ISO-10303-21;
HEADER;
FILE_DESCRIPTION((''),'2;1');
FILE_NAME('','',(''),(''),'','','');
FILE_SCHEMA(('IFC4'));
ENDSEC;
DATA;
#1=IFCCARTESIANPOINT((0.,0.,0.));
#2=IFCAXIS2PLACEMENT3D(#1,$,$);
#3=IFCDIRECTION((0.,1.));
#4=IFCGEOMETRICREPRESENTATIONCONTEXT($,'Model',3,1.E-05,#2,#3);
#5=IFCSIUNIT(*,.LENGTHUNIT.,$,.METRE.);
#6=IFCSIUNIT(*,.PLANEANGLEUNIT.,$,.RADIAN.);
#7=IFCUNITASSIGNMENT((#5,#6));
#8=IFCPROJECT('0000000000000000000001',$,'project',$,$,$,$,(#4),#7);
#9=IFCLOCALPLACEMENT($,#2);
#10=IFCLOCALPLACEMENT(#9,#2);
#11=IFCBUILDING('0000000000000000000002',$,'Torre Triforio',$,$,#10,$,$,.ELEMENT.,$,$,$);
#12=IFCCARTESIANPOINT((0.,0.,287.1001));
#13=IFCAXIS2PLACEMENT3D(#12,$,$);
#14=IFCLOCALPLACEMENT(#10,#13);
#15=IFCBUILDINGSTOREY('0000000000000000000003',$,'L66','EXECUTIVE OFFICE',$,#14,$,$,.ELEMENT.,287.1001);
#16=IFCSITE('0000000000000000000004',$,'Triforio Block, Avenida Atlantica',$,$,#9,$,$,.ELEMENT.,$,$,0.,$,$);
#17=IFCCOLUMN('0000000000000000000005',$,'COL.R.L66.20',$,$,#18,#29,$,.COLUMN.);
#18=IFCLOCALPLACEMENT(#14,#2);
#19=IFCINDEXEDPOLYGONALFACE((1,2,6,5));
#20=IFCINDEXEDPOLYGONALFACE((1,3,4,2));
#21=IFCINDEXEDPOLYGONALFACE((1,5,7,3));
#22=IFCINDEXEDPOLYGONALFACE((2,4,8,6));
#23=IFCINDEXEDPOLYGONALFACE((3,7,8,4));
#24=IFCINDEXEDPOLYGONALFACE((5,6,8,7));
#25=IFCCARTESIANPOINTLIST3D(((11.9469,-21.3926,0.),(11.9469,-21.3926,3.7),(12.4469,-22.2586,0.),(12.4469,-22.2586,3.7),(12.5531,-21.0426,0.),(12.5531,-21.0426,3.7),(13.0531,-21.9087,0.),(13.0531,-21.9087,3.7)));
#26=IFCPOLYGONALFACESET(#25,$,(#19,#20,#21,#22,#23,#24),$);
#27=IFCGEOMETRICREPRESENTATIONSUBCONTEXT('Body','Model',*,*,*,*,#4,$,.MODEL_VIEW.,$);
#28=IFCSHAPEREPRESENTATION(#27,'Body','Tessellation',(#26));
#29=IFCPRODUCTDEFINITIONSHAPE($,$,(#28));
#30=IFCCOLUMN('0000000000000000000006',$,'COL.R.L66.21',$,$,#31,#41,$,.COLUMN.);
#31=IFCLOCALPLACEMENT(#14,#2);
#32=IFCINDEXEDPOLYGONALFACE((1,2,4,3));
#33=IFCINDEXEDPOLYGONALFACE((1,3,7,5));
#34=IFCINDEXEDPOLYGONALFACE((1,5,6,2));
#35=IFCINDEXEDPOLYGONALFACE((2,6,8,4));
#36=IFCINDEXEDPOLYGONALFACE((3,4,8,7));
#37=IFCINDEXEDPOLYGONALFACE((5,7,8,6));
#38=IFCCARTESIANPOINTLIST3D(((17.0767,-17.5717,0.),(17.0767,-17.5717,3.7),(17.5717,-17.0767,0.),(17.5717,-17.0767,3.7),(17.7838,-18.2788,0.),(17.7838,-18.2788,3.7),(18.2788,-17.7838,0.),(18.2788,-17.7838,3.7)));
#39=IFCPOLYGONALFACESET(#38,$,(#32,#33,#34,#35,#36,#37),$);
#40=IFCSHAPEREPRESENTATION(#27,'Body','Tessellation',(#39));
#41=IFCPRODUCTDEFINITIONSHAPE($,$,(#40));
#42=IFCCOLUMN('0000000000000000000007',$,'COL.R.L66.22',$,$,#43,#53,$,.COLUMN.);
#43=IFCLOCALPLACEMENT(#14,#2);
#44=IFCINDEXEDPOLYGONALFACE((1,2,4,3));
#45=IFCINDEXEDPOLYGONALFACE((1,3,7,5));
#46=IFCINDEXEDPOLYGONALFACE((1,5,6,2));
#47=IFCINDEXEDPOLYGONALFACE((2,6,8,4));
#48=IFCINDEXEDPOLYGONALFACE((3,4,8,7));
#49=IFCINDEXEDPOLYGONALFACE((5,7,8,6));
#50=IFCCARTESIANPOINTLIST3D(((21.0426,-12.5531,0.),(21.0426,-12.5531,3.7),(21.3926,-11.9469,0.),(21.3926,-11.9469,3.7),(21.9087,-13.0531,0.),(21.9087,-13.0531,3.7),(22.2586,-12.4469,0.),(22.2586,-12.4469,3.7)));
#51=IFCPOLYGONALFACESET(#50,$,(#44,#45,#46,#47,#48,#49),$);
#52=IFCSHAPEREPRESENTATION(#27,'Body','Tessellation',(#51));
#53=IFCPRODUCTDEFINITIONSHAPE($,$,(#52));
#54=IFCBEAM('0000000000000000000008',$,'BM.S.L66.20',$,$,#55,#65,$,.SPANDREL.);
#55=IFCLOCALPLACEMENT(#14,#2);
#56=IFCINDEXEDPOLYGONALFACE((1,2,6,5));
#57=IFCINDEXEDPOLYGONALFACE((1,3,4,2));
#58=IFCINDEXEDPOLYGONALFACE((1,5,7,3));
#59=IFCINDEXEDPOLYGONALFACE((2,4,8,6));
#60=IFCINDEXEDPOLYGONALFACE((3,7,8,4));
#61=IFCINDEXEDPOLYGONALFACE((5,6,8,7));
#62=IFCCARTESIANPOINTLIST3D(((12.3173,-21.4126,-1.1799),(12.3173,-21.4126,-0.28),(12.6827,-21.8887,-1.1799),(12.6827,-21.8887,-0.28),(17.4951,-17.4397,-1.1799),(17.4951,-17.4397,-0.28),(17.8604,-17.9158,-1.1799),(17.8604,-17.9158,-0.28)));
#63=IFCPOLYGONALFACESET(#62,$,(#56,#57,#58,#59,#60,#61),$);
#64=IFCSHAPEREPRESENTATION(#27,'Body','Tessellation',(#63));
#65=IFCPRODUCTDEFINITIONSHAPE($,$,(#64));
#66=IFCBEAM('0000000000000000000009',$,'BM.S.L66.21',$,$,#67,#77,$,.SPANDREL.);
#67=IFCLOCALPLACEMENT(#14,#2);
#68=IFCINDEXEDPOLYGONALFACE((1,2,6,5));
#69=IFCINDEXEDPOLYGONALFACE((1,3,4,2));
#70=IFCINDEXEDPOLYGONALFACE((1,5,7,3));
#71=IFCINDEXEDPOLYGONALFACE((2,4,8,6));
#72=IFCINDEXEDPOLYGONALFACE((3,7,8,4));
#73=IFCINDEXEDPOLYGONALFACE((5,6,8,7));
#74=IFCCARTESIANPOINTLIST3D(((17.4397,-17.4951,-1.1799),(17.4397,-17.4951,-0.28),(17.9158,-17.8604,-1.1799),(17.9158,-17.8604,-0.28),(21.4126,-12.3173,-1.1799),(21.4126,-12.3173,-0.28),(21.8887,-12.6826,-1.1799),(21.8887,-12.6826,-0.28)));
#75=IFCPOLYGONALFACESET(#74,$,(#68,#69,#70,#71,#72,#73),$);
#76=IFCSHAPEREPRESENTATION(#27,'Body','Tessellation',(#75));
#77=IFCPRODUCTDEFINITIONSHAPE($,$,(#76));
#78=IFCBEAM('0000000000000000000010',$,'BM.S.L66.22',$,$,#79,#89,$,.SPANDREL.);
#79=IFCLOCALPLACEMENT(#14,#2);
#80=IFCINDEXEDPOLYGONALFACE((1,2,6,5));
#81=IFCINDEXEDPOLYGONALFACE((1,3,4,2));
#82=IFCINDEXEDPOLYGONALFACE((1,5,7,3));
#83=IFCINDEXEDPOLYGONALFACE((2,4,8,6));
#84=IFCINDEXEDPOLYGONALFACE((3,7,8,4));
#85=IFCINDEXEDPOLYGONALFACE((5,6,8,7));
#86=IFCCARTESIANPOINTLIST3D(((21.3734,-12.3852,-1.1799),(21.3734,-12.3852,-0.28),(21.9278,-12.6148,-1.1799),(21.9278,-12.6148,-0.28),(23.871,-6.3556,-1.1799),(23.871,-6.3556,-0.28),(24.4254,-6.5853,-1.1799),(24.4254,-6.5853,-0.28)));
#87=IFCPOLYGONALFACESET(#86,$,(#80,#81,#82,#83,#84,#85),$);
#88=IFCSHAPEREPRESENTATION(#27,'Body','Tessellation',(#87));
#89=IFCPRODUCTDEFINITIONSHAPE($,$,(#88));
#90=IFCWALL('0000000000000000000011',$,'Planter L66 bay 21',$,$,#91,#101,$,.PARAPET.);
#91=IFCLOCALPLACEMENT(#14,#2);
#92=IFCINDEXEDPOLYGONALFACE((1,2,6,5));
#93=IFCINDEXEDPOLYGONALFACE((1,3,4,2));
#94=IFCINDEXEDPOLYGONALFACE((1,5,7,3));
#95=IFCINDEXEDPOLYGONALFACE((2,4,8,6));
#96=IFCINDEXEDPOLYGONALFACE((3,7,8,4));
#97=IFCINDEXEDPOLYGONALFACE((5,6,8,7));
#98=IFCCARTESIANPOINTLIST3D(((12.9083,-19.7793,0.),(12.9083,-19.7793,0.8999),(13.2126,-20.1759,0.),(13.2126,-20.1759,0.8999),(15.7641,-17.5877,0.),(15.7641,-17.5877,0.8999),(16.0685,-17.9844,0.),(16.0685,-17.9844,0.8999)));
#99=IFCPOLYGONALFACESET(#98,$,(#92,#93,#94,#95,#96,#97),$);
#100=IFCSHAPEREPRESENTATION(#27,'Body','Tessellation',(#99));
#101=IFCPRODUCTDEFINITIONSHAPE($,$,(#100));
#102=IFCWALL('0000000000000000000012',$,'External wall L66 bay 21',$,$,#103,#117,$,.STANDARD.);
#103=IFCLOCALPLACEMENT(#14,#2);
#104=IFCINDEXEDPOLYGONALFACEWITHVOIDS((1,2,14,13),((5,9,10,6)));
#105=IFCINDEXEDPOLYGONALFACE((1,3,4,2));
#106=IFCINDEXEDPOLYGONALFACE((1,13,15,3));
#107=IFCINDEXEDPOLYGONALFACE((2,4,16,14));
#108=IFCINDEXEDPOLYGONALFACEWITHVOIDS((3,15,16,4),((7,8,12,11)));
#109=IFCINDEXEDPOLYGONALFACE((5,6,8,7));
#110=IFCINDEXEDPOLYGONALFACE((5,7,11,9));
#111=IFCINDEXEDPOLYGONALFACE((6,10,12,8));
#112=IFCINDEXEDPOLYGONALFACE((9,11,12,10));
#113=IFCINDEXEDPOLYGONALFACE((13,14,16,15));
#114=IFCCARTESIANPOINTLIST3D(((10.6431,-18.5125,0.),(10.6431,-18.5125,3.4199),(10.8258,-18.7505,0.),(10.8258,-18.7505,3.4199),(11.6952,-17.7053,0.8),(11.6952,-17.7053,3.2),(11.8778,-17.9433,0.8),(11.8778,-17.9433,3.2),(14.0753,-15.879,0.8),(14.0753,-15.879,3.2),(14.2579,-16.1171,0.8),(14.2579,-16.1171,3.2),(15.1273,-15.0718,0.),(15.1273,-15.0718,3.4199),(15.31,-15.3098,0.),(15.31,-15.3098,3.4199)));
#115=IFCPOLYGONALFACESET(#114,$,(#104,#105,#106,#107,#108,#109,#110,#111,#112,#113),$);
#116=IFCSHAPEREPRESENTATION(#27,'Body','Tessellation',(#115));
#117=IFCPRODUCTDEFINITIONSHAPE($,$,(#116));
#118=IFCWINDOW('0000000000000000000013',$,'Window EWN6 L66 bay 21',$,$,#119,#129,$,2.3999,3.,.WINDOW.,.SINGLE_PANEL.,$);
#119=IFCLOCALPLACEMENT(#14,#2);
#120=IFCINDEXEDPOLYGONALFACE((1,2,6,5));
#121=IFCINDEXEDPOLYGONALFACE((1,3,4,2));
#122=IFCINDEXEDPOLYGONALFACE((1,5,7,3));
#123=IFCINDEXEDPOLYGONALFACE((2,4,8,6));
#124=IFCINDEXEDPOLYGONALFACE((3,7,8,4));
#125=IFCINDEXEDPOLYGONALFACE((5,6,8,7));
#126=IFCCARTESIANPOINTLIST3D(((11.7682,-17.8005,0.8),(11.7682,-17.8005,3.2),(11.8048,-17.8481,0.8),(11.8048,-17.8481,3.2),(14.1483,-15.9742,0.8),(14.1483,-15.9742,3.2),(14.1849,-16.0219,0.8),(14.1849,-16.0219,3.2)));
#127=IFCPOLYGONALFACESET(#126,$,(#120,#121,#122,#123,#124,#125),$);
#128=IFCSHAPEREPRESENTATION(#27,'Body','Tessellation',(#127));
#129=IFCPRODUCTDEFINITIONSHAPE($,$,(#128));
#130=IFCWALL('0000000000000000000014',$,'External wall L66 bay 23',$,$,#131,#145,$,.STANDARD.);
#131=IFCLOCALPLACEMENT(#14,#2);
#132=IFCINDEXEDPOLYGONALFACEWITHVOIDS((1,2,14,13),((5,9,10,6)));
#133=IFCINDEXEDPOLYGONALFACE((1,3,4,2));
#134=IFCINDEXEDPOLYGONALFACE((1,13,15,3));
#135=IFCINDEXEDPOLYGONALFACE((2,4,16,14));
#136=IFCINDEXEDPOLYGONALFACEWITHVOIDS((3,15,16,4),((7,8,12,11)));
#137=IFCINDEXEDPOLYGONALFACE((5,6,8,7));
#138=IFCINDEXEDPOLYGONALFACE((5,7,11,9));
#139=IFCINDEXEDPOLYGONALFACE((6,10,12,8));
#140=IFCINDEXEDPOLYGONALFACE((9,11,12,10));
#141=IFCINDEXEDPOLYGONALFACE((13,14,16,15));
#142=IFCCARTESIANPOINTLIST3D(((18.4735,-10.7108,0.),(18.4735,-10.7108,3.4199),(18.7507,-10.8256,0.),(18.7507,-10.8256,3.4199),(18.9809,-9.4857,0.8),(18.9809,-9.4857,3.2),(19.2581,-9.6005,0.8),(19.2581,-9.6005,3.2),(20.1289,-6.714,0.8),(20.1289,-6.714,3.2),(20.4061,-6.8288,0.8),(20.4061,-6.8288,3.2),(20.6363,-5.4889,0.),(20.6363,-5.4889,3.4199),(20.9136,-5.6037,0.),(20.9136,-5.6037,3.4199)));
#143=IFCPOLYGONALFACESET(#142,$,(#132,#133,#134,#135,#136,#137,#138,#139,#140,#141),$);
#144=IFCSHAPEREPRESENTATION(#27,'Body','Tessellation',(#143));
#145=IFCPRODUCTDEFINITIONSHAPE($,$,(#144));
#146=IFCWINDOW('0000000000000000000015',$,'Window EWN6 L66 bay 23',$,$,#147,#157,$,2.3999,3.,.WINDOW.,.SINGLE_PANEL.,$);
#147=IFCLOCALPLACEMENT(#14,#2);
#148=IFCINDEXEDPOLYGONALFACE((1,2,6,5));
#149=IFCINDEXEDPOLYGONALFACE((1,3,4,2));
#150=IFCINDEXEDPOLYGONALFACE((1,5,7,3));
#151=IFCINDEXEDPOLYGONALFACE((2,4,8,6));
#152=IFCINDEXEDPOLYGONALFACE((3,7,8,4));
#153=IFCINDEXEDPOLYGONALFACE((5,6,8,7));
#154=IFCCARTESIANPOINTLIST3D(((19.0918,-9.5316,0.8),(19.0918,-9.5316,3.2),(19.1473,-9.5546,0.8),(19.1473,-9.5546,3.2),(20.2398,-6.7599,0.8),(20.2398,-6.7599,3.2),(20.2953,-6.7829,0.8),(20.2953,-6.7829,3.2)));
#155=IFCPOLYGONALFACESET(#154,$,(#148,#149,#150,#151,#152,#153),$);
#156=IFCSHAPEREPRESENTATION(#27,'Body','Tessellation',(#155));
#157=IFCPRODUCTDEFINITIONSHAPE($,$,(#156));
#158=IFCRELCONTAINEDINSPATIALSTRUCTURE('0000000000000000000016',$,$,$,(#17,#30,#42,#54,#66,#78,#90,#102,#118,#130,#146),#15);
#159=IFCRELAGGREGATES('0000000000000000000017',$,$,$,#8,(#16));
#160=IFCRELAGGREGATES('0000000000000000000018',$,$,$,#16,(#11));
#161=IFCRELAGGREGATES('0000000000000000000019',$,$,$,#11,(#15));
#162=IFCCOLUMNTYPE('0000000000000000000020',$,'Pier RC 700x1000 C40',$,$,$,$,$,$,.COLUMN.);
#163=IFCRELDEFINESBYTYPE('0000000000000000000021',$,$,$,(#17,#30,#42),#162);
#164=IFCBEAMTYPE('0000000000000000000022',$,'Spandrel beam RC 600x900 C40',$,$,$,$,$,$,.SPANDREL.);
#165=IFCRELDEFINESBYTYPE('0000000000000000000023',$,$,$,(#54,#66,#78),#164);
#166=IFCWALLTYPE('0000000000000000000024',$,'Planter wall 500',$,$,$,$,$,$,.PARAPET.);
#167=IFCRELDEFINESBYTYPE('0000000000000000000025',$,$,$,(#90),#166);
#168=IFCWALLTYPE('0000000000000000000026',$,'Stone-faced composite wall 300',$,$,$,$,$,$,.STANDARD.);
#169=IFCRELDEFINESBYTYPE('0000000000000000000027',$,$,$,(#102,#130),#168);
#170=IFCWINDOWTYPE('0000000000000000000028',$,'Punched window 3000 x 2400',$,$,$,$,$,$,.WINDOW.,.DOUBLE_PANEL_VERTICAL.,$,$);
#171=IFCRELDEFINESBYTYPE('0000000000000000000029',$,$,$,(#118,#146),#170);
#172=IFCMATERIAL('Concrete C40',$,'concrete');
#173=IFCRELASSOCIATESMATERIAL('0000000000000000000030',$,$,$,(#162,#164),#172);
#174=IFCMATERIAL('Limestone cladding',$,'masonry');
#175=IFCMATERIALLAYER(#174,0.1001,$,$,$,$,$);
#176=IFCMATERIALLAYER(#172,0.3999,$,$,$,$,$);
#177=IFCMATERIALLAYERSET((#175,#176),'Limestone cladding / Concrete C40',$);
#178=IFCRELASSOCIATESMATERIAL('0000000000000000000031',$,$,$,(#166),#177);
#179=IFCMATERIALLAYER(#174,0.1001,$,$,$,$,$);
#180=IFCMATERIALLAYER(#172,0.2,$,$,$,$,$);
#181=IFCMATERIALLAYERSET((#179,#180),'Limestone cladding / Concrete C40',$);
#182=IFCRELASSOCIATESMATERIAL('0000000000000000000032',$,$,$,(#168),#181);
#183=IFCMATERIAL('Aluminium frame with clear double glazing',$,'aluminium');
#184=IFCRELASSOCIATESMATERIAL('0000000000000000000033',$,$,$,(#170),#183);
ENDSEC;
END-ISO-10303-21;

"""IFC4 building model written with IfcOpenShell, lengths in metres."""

from ifc_helpers import new_model, si_unit, direction, frame, frame_2d, origin, origin_2d, place, context, subcontext, project, spatial, rectangle, extrude, material, layer, layer_set, material_profile, profile_set, type_object, element, fill, save


model = new_model("IFC4")

# Units and contexts
model_context = context("Model", 3, precision=1e-05, world=origin(), true_north=direction((0.0, 1.0)))
body_context = subcontext(model_context, "Body", "Model", "MODEL_VIEW")
ifc_project = project(units=[si_unit("LENGTHUNIT", "METRE"), si_unit("PLANEANGLEUNIT", "RADIAN")], contexts=[model_context])

# Site, building, storey
site_placement = place(None, origin())
site = spatial("IfcSite", under=ifc_project, at=site_placement, Name="Triforio Block, Avenida Atlantica", CompositionType="ELEMENT", RefElevation=0.0)
building_placement = place(site_placement, origin())
building = spatial("IfcBuilding", under=site, at=building_placement, Name="Torre Triforio", CompositionType="ELEMENT")
storey_placement = place(building_placement, frame((0.0, 0.0, 287.1001)))
storey = spatial("IfcBuildingStorey", under=building, at=storey_placement, Name="L66", Description="EXECUTIVE OFFICE", CompositionType="ELEMENT", Elevation=287.1001)

# Columns
ifc_material_1 = material(Name="Concrete C40", Category="concrete")
ifc_material_profile_1 = material_profile(ifc_material_1, rectangle(XDim=0.7, YDim=1.0, at=origin_2d()), Name="RC 700x1000")
ifc_profile_set_1 = profile_set([ifc_material_profile_1], Name="Concrete C40")
column_type = type_object("IfcColumnType", Name="Pier RC 700x1000 C40", PredefinedType="COLUMN", material=ifc_profile_set_1)
for number, where, z_axis, x_axis, name in (
    (1, (12.5, -21.6506, 0.0), (0.0, 0.0, 1.0), (0.866025, 0.5, 0.0), "COL.R.L66.20"),
    (2, (17.6777, -17.6777, 0.0), (0.0, 0.0, 1.0), (0.707107, 0.707107, 0.0), "COL.R.L66.21"),
    (3, (21.6506, -12.5, 0.0), (0.0, 0.0, 1.0), (0.5, 0.866025, 0.0), "COL.R.L66.22"),
):
    element("IfcColumn", number, at=place(storey_placement, frame(where, z_axis=z_axis, x_axis=x_axis)), inside=storey, type_object=column_type, Name=name, PredefinedType="COLUMN", context=body_context, shape_type="SweptSolid", body=[
        extrude(rectangle(XDim=0.7, YDim=1.0, at=origin_2d()), origin(), (0.0, 0.0, 1.0), 3.7),
    ])

# Beams
ifc_material_profile_2 = material_profile(ifc_material_1, rectangle(XDim=0.6001, YDim=0.8999, at=origin_2d()), Name="RC 600x900")
ifc_profile_set_2 = profile_set([ifc_material_profile_2], Name="Concrete C40")
beam_type = type_object("IfcBeamType", Name="Spandrel beam RC 600x900 C40", PredefinedType="SPANDREL", material=ifc_profile_set_2)
for number, where, z_axis, x_axis, name in (
    (4, (12.5, -21.6506, -0.73), (0.793362, 0.60875, 0.0), (-0.60875, 0.793362, 0.0), "BM.S.L66.20"),
    (5, (17.6777, -17.6777, -0.73), (0.60875, 0.793362, 0.0), (-0.793362, 0.60875, 0.0), "BM.S.L66.21"),
    (6, (21.6506, -12.5, -0.73), (0.382689, 0.923877, 0.0), (-0.923877, 0.382689, 0.0), "BM.S.L66.22"),
):
    element("IfcBeam", number, at=place(storey_placement, frame(where, z_axis=z_axis, x_axis=x_axis)), inside=storey, type_object=beam_type, Name=name, PredefinedType="SPANDREL", context=body_context, shape_type="SweptSolid", body=[
        extrude(rectangle(XDim=0.6001, YDim=0.8999, at=origin_2d()), origin(), (0.0, 0.0, 1.0), 6.5264),
    ])

# Wall
ifc_material_2 = material(Name="Limestone cladding", Category="masonry")
ifc_layer_1 = layer(ifc_material_2, 0.1001)
ifc_layer_2 = layer(ifc_material_1, 0.3999)
ifc_layer_set_1 = layer_set([ifc_layer_1, ifc_layer_2], Name="Limestone cladding / Concrete C40")
wall_type_1 = type_object("IfcWallType", Name="Planter wall 500", PredefinedType="PARAPET", material=ifc_layer_set_1)
wall_1_placement = place(storey_placement, frame((13.0605, -19.9775, 0.0), z_axis=(0.0, 0.0, 1.0), x_axis=(0.793327, 0.608796, 0.0)))
element("IfcWall", 7, at=wall_1_placement, inside=storey, type_object=wall_type_1, Name="Planter L66 bay 21", PredefinedType="PARAPET", context=body_context, shape_type="SweptSolid", body=[
    extrude(rectangle(XDim=3.5999, YDim=0.5, at=frame_2d((1.7998, 0.0))), origin(), (0.0, 0.0, 1.0), 0.8999),
])

# Wall, opening, window
ifc_layer_3 = layer(ifc_material_2, 0.1001)
ifc_layer_4 = layer(ifc_material_1, 0.2)
ifc_layer_set_2 = layer_set([ifc_layer_3, ifc_layer_4], Name="Limestone cladding / Concrete C40")
wall_type_2 = type_object("IfcWallType", Name="Stone-faced composite wall 300", PredefinedType="STANDARD", material=ifc_layer_set_2)
wall_2_placement = place(storey_placement, frame((10.7344, -18.6316, 0.0), z_axis=(0.0, 0.0, 1.0), x_axis=(0.793364, 0.608748, 0.0)))
wall_2 = element("IfcWall", 8, at=wall_2_placement, inside=storey, type_object=wall_type_2, Name="External wall L66 bay 21", PredefinedType="STANDARD", context=body_context, shape_type="SweptSolid", body=[
    extrude(rectangle(XDim=5.6521, YDim=0.3, at=frame_2d((2.8262, 0.0))), origin(), (0.0, 0.0, 1.0), 3.4199),
])
opening_1_placement = place(wall_2_placement, frame((1.3262, 0.0, 0.8)))
opening_1 = element("IfcOpeningElement", 9, at=opening_1_placement, cuts=wall_2, PredefinedType="OPENING", context=body_context, shape_type="SweptSolid", body=[
    extrude(rectangle(XDim=3.0, YDim=2.3999, at=frame_2d((1.5, 1.2))), frame((0.0, 0.1599, 0.0), z_axis=(0.0, -1.0, 0.0), x_axis=(1.0, 0.0, 0.0)), (0.0, 0.0, 1.0), 0.3201),
])
ifc_material_3 = material(Name="Aluminium frame with clear double glazing", Category="aluminium")
window_type_1 = type_object("IfcWindowType", Name="Punched window 3000 x 2400", PartitioningType="DOUBLE_PANEL_VERTICAL", PredefinedType="WINDOW", material=ifc_material_3)
window_1_placement = place(opening_1_placement, origin())
window_1 = element("IfcWindow", 10, at=window_1_placement, inside=storey, type_object=window_type_1, Name="Window EWN6 L66 bay 21", OverallHeight=2.3999, OverallWidth=3.0, PartitioningType="SINGLE_PANEL", PredefinedType="WINDOW", context=body_context, shape_type="SweptSolid", body=[
    extrude(rectangle(XDim=3.0, YDim=2.3999, at=frame_2d((1.5, 1.2))), frame((0.0, 0.03, 0.0), z_axis=(0.0, -1.0, 0.0), x_axis=(1.0, 0.0, 0.0)), (0.0, 0.0, 1.0), 0.0601),
])
fill(opening_1, window_1)

# Wall, opening, window
wall_3_placement = place(storey_placement, frame((18.6121, -10.7683, 0.0), z_axis=(0.0, 0.0, 1.0), x_axis=(0.382661, 0.923889, 0.0)))
wall_3 = element("IfcWall", 11, at=wall_3_placement, inside=storey, type_object=wall_type_2, Name="External wall L66 bay 23", PredefinedType="STANDARD", context=body_context, shape_type="SweptSolid", body=[
    extrude(rectangle(XDim=5.6521, YDim=0.3, at=frame_2d((2.8262, 0.0))), origin(), (0.0, 0.0, 1.0), 3.4199),
])
opening_2_placement = place(wall_3_placement, frame((1.3262, 0.0, 0.8)))
opening_2 = element("IfcOpeningElement", 12, at=opening_2_placement, cuts=wall_3, PredefinedType="OPENING", context=body_context, shape_type="SweptSolid", body=[
    extrude(rectangle(XDim=3.0, YDim=2.3999, at=frame_2d((1.5, 1.2))), frame((0.0, 0.1599, 0.0), z_axis=(0.0, -1.0, 0.0), x_axis=(1.0, 0.0, 0.0)), (0.0, 0.0, 1.0), 0.3201),
])
window_2_placement = place(opening_2_placement, origin())
window_2 = element("IfcWindow", 13, at=window_2_placement, inside=storey, type_object=window_type_1, Name="Window EWN6 L66 bay 23", OverallHeight=2.3999, OverallWidth=3.0, PartitioningType="SINGLE_PANEL", PredefinedType="WINDOW", context=body_context, shape_type="SweptSolid", body=[
    extrude(rectangle(XDim=3.0, YDim=2.3999, at=frame_2d((1.5, 1.2))), frame((0.0, 0.03, 0.0), z_axis=(0.0, -1.0, 0.0), x_axis=(1.0, 0.0, 0.0)), (0.0, 0.0, 1.0), 0.0601),
])
fill(opening_2, window_2)

save(model, "model.ifc")
